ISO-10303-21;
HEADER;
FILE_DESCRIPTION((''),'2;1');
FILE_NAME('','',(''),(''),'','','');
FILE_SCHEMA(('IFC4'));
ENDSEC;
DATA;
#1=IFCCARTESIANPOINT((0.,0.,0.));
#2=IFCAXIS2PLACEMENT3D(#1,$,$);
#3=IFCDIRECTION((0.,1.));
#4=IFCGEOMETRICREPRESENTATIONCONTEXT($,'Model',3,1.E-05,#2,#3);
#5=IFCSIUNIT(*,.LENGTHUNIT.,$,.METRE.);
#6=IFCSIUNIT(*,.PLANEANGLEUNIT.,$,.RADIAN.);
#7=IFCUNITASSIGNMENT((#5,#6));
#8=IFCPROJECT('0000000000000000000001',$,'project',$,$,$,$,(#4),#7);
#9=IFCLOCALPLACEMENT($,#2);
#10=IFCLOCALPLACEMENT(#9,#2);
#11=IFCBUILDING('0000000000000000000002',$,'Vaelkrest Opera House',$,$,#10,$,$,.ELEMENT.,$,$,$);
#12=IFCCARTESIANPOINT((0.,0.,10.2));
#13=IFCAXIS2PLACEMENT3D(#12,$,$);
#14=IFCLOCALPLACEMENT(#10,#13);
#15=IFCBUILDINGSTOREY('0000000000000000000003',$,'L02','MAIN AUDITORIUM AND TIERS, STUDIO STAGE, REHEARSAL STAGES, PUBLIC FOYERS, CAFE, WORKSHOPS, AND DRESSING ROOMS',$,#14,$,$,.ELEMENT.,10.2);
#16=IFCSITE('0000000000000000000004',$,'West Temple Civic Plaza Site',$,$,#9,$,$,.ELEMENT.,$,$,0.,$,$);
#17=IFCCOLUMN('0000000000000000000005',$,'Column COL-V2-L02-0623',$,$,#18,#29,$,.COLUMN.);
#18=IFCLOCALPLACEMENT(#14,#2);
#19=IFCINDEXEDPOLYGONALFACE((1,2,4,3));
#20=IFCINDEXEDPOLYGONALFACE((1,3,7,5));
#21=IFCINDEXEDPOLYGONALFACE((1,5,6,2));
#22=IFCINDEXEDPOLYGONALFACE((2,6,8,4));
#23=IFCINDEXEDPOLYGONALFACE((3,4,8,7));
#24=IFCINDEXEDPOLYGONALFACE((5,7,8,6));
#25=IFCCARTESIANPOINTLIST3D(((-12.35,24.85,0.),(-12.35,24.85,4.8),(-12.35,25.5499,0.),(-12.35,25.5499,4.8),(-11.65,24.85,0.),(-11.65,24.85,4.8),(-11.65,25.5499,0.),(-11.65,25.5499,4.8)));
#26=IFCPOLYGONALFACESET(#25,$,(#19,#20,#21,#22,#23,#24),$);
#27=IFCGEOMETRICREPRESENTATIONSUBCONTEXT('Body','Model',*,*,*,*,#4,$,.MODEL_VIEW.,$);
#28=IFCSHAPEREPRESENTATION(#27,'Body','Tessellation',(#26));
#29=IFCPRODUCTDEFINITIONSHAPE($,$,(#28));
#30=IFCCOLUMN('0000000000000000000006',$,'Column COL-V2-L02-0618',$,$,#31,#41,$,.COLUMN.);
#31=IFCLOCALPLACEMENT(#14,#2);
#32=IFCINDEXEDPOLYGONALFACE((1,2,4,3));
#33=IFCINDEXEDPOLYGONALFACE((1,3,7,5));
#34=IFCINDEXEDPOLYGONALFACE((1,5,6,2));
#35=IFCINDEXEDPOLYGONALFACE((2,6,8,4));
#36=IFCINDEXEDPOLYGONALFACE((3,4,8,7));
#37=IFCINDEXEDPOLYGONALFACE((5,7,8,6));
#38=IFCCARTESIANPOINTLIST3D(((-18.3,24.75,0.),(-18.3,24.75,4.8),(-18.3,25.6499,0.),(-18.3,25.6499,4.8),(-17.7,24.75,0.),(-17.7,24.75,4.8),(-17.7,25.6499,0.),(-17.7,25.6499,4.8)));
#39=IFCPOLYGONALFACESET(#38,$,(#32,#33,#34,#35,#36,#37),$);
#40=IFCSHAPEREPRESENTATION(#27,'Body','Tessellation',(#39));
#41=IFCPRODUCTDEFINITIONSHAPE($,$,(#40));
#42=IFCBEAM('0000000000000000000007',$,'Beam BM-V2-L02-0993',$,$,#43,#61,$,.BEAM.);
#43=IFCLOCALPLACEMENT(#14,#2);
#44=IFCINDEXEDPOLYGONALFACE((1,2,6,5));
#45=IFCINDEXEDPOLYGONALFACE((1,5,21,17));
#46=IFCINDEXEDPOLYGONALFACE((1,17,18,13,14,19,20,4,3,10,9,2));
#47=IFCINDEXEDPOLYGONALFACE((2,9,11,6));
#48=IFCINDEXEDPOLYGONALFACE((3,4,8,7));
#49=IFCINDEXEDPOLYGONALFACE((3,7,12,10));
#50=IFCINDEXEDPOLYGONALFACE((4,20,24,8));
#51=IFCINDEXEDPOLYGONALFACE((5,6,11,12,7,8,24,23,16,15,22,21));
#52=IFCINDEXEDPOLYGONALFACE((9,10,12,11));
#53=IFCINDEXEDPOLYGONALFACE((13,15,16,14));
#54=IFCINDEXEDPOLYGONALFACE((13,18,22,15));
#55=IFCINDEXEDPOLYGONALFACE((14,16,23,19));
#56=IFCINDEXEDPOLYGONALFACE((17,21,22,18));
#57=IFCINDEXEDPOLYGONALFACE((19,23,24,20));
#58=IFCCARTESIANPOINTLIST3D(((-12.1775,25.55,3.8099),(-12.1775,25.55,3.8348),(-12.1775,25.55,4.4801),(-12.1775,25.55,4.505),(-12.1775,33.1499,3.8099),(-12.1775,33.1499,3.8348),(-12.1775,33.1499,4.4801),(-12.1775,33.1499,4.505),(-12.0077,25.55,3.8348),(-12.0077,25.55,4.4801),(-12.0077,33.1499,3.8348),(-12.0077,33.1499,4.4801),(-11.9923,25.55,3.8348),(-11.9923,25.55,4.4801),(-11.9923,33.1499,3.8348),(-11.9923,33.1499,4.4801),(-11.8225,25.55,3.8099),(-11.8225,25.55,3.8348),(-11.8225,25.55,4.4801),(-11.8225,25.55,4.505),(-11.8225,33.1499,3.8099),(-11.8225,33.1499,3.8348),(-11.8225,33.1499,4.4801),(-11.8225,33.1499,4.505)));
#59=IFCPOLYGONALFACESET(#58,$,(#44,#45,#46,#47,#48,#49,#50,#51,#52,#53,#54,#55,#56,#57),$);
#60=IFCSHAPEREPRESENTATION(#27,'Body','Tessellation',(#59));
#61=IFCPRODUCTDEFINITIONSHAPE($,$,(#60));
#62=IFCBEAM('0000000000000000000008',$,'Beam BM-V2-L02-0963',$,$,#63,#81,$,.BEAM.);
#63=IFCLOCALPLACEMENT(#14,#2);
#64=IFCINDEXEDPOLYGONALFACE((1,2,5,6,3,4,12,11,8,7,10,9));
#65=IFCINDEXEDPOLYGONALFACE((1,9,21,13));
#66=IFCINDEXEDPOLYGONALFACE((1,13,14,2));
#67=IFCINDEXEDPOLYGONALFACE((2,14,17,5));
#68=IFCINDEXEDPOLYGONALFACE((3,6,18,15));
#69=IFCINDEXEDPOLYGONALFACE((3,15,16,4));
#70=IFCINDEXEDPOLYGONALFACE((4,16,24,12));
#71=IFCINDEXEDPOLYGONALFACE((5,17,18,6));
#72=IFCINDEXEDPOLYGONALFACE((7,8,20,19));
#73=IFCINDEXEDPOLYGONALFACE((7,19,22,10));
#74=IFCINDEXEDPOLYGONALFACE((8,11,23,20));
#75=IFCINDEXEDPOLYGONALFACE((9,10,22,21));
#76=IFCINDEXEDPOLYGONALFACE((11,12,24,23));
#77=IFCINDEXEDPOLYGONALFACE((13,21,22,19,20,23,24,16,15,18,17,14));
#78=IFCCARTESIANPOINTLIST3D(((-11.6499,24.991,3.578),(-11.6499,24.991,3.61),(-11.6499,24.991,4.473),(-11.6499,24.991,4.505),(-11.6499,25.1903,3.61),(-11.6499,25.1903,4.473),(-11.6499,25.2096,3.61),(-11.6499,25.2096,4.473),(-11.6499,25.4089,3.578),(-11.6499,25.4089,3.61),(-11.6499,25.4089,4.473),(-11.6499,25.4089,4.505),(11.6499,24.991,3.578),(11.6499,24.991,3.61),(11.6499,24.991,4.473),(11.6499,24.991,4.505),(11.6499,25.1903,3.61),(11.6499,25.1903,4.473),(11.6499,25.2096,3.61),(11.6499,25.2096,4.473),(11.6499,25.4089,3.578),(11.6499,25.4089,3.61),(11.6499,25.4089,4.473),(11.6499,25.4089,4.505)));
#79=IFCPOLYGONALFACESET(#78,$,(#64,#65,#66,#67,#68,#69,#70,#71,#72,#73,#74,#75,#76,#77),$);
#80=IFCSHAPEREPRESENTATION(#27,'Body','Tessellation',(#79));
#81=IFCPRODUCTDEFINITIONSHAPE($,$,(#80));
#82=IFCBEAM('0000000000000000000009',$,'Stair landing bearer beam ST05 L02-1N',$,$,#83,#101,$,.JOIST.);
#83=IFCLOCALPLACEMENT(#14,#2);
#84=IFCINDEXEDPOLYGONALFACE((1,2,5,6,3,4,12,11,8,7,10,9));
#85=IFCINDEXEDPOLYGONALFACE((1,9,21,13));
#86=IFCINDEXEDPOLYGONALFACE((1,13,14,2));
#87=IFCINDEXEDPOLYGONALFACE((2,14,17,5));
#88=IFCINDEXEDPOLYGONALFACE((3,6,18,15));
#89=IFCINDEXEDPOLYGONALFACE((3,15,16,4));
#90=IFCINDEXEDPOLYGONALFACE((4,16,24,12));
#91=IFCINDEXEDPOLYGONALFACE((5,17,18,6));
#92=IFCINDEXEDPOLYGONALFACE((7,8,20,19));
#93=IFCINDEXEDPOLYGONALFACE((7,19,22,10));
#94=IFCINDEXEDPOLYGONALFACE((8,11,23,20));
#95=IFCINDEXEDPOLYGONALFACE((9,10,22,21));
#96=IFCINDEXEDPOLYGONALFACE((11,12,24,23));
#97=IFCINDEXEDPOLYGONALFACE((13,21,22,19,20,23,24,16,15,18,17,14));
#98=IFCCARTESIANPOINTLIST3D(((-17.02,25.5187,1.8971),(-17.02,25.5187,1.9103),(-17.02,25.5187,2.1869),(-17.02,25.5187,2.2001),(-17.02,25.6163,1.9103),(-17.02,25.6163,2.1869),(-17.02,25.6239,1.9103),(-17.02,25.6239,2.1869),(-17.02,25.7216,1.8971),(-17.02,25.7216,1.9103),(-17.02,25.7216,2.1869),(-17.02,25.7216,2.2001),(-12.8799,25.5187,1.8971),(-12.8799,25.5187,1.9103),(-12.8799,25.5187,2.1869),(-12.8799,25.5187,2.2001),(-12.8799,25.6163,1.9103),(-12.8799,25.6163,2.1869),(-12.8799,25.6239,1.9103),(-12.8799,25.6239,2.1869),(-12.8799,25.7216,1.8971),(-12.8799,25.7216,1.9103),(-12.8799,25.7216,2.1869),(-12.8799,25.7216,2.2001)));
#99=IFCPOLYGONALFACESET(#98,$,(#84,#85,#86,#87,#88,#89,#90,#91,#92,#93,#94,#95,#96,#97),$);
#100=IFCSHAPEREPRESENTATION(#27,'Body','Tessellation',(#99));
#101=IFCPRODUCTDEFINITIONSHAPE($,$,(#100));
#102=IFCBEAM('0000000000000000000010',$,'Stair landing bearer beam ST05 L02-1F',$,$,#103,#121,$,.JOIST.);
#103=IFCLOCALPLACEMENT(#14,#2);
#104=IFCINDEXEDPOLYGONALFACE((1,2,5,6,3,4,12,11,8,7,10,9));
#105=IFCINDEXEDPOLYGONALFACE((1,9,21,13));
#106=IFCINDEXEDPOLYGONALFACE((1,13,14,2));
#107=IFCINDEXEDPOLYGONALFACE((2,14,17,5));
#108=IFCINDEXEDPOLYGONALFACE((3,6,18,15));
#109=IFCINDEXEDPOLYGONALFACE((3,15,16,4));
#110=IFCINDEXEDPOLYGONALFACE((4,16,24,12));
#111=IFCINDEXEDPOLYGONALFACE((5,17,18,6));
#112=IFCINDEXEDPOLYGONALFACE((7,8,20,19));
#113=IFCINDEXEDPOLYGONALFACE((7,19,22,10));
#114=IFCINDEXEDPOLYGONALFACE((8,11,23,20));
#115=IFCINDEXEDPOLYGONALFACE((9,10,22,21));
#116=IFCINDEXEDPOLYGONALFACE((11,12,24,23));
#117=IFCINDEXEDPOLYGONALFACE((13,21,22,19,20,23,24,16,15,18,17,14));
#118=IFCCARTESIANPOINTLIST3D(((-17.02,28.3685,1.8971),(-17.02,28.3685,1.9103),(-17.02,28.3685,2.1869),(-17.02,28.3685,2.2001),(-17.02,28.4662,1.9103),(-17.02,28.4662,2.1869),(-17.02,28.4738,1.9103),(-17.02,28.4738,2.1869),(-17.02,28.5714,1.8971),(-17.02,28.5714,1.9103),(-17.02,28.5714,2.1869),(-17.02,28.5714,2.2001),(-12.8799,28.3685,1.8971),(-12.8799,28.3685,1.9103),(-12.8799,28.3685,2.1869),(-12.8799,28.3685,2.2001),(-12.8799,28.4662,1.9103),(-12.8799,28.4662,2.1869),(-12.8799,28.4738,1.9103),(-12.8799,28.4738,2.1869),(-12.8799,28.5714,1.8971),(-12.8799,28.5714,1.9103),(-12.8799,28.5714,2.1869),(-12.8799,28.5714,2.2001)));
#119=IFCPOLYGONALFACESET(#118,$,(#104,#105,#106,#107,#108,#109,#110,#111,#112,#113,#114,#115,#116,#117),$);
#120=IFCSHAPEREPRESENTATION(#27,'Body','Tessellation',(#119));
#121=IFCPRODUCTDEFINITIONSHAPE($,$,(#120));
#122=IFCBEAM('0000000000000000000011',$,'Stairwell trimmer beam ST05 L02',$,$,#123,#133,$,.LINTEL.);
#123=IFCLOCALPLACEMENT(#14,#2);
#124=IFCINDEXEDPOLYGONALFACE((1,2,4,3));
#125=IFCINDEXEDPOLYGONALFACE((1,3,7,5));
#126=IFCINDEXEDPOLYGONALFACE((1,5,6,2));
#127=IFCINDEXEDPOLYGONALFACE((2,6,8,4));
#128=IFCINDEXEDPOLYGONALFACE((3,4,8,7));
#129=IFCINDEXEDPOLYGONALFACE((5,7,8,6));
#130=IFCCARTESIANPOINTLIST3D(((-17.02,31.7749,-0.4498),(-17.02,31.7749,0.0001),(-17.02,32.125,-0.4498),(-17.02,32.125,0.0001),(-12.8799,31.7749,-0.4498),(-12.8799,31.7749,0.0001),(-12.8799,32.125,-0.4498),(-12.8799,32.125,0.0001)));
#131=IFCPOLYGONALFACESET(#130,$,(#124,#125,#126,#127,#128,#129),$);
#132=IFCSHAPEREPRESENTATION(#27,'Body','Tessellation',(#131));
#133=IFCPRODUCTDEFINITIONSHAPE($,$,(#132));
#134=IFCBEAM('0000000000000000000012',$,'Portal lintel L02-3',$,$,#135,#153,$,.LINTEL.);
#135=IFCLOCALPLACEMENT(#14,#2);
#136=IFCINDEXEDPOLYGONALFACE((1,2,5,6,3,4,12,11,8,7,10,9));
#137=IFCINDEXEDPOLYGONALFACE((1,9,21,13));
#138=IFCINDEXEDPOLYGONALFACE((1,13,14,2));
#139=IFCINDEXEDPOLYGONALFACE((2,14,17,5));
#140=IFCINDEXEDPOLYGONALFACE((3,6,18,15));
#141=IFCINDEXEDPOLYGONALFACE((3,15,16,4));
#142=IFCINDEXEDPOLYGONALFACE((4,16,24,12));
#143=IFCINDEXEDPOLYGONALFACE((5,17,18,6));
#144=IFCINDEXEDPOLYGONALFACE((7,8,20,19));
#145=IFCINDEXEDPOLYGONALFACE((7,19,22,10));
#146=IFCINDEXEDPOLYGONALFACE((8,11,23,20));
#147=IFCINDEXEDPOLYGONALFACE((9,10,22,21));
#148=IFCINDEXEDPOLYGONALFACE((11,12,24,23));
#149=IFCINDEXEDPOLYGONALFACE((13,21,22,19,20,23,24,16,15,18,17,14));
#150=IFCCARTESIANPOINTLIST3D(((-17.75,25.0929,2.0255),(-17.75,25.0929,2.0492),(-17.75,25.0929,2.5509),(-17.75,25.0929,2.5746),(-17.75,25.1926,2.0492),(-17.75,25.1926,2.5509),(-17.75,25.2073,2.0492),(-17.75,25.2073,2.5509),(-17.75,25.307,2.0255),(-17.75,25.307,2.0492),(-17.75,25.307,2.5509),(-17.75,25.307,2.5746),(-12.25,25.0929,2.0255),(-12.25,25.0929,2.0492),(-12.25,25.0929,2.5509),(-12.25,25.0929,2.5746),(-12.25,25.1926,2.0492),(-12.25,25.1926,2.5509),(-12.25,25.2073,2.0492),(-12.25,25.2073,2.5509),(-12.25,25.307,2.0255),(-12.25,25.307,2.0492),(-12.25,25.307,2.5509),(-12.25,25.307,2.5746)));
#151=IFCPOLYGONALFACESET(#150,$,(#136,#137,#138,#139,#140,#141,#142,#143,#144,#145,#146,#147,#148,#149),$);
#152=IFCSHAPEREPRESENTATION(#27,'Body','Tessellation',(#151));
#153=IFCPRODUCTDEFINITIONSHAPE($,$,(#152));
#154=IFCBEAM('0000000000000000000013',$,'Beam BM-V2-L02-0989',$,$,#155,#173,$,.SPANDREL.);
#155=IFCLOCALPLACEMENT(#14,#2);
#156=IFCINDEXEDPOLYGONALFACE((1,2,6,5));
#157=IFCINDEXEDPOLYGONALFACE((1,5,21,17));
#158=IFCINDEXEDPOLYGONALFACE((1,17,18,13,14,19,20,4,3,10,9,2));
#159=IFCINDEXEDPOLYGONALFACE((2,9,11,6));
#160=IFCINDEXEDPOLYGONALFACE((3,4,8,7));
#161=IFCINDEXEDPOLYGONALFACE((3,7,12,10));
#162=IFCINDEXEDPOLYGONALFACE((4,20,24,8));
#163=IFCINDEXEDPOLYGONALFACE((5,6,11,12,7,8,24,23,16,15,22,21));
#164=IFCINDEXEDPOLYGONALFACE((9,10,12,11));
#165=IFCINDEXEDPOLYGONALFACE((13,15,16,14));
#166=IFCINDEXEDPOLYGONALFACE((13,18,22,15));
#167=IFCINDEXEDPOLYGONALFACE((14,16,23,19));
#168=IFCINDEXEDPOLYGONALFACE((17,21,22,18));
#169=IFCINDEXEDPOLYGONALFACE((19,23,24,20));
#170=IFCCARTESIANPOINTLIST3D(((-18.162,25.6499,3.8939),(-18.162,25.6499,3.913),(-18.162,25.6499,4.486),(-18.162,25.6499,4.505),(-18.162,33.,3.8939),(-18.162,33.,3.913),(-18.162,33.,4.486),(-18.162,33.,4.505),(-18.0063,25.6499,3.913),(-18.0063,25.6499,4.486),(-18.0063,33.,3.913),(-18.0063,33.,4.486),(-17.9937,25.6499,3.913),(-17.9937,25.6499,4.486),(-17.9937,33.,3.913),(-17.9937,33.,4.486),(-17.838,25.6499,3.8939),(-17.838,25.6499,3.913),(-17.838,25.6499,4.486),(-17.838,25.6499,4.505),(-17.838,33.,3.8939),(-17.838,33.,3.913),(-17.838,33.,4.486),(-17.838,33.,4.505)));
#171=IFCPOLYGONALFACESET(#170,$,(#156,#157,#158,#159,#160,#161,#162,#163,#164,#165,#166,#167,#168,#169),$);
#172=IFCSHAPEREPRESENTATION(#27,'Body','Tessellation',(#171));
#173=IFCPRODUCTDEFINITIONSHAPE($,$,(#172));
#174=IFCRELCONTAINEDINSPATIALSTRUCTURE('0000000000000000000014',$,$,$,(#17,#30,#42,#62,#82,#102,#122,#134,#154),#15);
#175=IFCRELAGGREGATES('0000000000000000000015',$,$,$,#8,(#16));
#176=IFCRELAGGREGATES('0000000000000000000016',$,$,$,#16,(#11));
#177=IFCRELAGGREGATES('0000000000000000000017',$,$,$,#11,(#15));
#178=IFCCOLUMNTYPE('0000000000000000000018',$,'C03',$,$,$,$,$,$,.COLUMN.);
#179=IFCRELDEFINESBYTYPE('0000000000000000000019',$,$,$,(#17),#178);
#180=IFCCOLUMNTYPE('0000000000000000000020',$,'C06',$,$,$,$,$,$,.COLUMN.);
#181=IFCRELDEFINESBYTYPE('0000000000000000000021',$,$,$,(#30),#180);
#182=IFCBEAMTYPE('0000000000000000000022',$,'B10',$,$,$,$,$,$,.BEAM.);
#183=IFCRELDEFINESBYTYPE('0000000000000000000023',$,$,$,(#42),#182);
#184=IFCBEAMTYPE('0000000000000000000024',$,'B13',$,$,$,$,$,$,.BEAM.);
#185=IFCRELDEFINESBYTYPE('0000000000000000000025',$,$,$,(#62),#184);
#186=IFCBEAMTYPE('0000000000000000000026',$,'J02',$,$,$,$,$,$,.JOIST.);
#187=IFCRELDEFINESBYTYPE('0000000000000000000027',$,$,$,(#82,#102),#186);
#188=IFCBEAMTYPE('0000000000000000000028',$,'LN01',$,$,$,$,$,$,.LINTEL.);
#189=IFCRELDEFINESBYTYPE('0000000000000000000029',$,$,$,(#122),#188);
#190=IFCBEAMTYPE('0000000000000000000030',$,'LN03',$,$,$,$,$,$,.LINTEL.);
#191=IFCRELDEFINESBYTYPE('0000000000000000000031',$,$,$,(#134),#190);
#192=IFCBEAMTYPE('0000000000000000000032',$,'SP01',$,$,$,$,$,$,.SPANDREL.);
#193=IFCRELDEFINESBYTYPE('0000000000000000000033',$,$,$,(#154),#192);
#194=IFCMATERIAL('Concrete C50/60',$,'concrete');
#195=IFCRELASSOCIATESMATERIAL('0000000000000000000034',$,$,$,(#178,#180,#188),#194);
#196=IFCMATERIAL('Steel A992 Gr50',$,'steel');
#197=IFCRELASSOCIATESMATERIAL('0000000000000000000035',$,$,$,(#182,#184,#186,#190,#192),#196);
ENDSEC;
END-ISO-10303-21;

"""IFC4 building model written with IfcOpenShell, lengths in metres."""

from ifc_helpers import new_model, si_unit, direction, frame, origin, origin_2d, place, context, subcontext, project, spatial, rectangle, i_section, extrude, material, material_profile, profile_set, type_object, element, save


model = new_model("IFC4")

# Units and contexts
model_context = context("Model", 3, precision=1e-05, world=origin(), true_north=direction((0.0, 1.0)))
body_context = subcontext(model_context, "Body", "Model", "MODEL_VIEW")
ifc_project = project(units=[si_unit("LENGTHUNIT", "METRE"), si_unit("PLANEANGLEUNIT", "RADIAN")], contexts=[model_context])

# Site, building, storey
site_placement = place(None, origin())
site = spatial("IfcSite", under=ifc_project, at=site_placement, Name="West Temple Civic Plaza Site", CompositionType="ELEMENT", RefElevation=0.0)
building_placement = place(site_placement, origin())
building = spatial("IfcBuilding", under=site, at=building_placement, Name="Vaelkrest Opera House", CompositionType="ELEMENT")
storey_placement = place(building_placement, frame((0.0, 0.0, 10.2)))
storey = spatial("IfcBuildingStorey", under=building, at=storey_placement, Name="L02", Description="MAIN AUDITORIUM AND TIERS, STUDIO STAGE, REHEARSAL STAGES, PUBLIC FOYERS, CAFE, WORKSHOPS, AND DRESSING ROOMS", CompositionType="ELEMENT", Elevation=10.2)

# Columns
ifc_material_1 = material(Name="Concrete C50/60", Category="concrete")
ifc_material_profile_1 = material_profile(ifc_material_1, rectangle(XDim=0.7, YDim=0.7, at=origin_2d()), Name="RC700X700")
ifc_profile_set_1 = profile_set([ifc_material_profile_1], Name="Concrete C50/60")
column_type_1 = type_object("IfcColumnType", Name="C03", PredefinedType="COLUMN", material=ifc_profile_set_1)
column_1_placement = place(storey_placement, frame((-12.0, 25.2, 0.0), z_axis=(0.0, 0.0, 1.0), x_axis=(1.0, 0.0, 0.0)))
element("IfcColumn", 1, at=column_1_placement, inside=storey, type_object=column_type_1, Name="Column COL-V2-L02-0623", PredefinedType="COLUMN", context=body_context, shape_type="SweptSolid", body=[
    extrude(rectangle(XDim=0.7, YDim=0.7, at=origin_2d()), origin(), (0.0, 0.0, 1.0), 4.8),
])
ifc_material_profile_2 = material_profile(ifc_material_1, rectangle(XDim=0.6001, YDim=0.8999, at=origin_2d()), Name="RC600X900")
ifc_profile_set_2 = profile_set([ifc_material_profile_2], Name="Concrete C50/60")
column_type_2 = type_object("IfcColumnType", Name="C06", PredefinedType="COLUMN", material=ifc_profile_set_2)
column_2_placement = place(storey_placement, frame((-18.0, 25.2, 0.0), z_axis=(0.0, 0.0, 1.0), x_axis=(1.0, 0.0, 0.0)))
element("IfcColumn", 2, at=column_2_placement, inside=storey, type_object=column_type_2, Name="Column COL-V2-L02-0618", PredefinedType="COLUMN", context=body_context, shape_type="SweptSolid", body=[
    extrude(rectangle(XDim=0.6001, YDim=0.8999, at=origin_2d()), origin(), (0.0, 0.0, 1.0), 4.8),
])

# Beams
ifc_material_2 = material(Name="Steel A992 Gr50", Category="steel")
ifc_material_profile_3 = material_profile(ifc_material_2, i_section(OverallWidth=0.355, OverallDepth=0.6951, WebThickness=0.0154, FlangeThickness=0.0249, at=origin_2d()), Name="W27X146")
ifc_profile_set_3 = profile_set([ifc_material_profile_3], Name="Steel A992 Gr50")
beam_type_1 = type_object("IfcBeamType", Name="B10", PredefinedType="BEAM", material=ifc_profile_set_3)
beam_1_placement = place(storey_placement, frame((-12.0, 25.55, 4.1575), z_axis=(0.0, 1.0, 0.0), x_axis=(-1.0, 0.0, 0.0)))
element("IfcBeam", 3, at=beam_1_placement, inside=storey, type_object=beam_type_1, Name="Beam BM-V2-L02-0993", PredefinedType="BEAM", context=body_context, shape_type="SweptSolid", body=[
    extrude(i_section(OverallWidth=0.355, OverallDepth=0.6951, WebThickness=0.0154, FlangeThickness=0.0249, at=origin_2d()), origin(), (0.0, 0.0, 1.0), 7.5999),
])
ifc_material_profile_4 = material_profile(ifc_material_2, i_section(OverallWidth=0.418, OverallDepth=0.927, WebThickness=0.0193, FlangeThickness=0.032, at=origin_2d()), Name="W36X231")
ifc_profile_set_4 = profile_set([ifc_material_profile_4], Name="Steel A992 Gr50")
beam_type_2 = type_object("IfcBeamType", Name="B13", PredefinedType="BEAM", material=ifc_profile_set_4)
beam_2_placement = place(storey_placement, frame((-11.6499, 25.2, 4.0415), z_axis=(1.0, 0.0, 0.0), x_axis=(0.0, 1.0, 0.0)))
element("IfcBeam", 4, at=beam_2_placement, inside=storey, type_object=beam_type_2, Name="Beam BM-V2-L02-0963", PredefinedType="BEAM", context=body_context, shape_type="SweptSolid", body=[
    extrude(i_section(OverallWidth=0.418, OverallDepth=0.927, WebThickness=0.0193, FlangeThickness=0.032, at=origin_2d()), origin(), (0.0, 0.0, 1.0), 23.2998),
])
ifc_material_profile_5 = material_profile(ifc_material_2, i_section(OverallWidth=0.2029, OverallDepth=0.303, WebThickness=0.0076, FlangeThickness=0.0132, at=origin_2d()), Name="W12X40")
ifc_profile_set_5 = profile_set([ifc_material_profile_5], Name="Steel A992 Gr50")
beam_type_3 = type_object("IfcBeamType", Name="J02", PredefinedType="JOIST", material=ifc_profile_set_5)
for number, where, z_axis, x_axis, name in (
    (5, (-17.02, 25.6201, 2.0486), (1.0, 0.0, 0.0), (0.0, 1.0, 0.0), "Stair landing bearer beam ST05 L02-1N"),
    (6, (-17.02, 28.47, 2.0486), (1.0, 0.0, 0.0), (0.0, 1.0, 0.0), "Stair landing bearer beam ST05 L02-1F"),
):
    element("IfcBeam", number, at=place(storey_placement, frame(where, z_axis=z_axis, x_axis=x_axis)), inside=storey, type_object=beam_type_3, Name=name, PredefinedType="JOIST", context=body_context, shape_type="SweptSolid", body=[
        extrude(i_section(OverallWidth=0.2029, OverallDepth=0.303, WebThickness=0.0076, FlangeThickness=0.0132, at=origin_2d()), origin(), (0.0, 0.0, 1.0), 4.1401),
    ])
ifc_material_profile_6 = material_profile(ifc_material_1, rectangle(XDim=0.3501, YDim=0.45, at=origin_2d()), Name="RCB350X450")
ifc_profile_set_6 = profile_set([ifc_material_profile_6], Name="Concrete C50/60")
beam_type_4 = type_object("IfcBeamType", Name="LN01", PredefinedType="LINTEL", material=ifc_profile_set_6)
beam_3_placement = place(storey_placement, frame((-17.02, 31.95, -0.2249), z_axis=(1.0, 0.0, 0.0), x_axis=(0.0, 1.0, 0.0)))
element("IfcBeam", 7, at=beam_3_placement, inside=storey, type_object=beam_type_4, Name="Stairwell trimmer beam ST05 L02", PredefinedType="LINTEL", context=body_context, shape_type="SweptSolid", body=[
    extrude(rectangle(XDim=0.3501, YDim=0.45, at=origin_2d()), origin(), (0.0, 0.0, 1.0), 4.1401),
])
ifc_material_profile_7 = material_profile(ifc_material_2, i_section(OverallWidth=0.2141, OverallDepth=0.5491, WebThickness=0.0146, FlangeThickness=0.0237, at=origin_2d()), Name="W21X93")
ifc_profile_set_7 = profile_set([ifc_material_profile_7], Name="Steel A992 Gr50")
beam_type_5 = type_object("IfcBeamType", Name="LN03", PredefinedType="LINTEL", material=ifc_profile_set_7)
beam_4_placement = place(storey_placement, frame((-17.75, 25.2, 2.3), z_axis=(1.0, 0.0, 0.0), x_axis=(0.0, 1.0, 0.0)))
element("IfcBeam", 8, at=beam_4_placement, inside=storey, type_object=beam_type_5, Name="Portal lintel L02-3", PredefinedType="LINTEL", context=body_context, shape_type="SweptSolid", body=[
    extrude(i_section(OverallWidth=0.2141, OverallDepth=0.5491, WebThickness=0.0146, FlangeThickness=0.0237, at=origin_2d()), origin(), (0.0, 0.0, 1.0), 5.5),
])
ifc_material_profile_8 = material_profile(ifc_material_2, i_section(OverallWidth=0.324, OverallDepth=0.6111, WebThickness=0.0127, FlangeThickness=0.019, at=origin_2d()), Name="W24X104")
ifc_profile_set_8 = profile_set([ifc_material_profile_8], Name="Steel A992 Gr50")
beam_type_6 = type_object("IfcBeamType", Name="SP01", PredefinedType="SPANDREL", material=ifc_profile_set_8)
beam_5_placement = place(storey_placement, frame((-18.0, 25.6499, 4.1995), z_axis=(0.0, 1.0, 0.0), x_axis=(-1.0, 0.0, 0.0)))
element("IfcBeam", 9, at=beam_5_placement, inside=storey, type_object=beam_type_6, Name="Beam BM-V2-L02-0989", PredefinedType="SPANDREL", context=body_context, shape_type="SweptSolid", body=[
    extrude(i_section(OverallWidth=0.324, OverallDepth=0.6111, WebThickness=0.0127, FlangeThickness=0.019, at=origin_2d()), origin(), (0.0, 0.0, 1.0), 7.3501),
])

save(model, "model.ifc")
